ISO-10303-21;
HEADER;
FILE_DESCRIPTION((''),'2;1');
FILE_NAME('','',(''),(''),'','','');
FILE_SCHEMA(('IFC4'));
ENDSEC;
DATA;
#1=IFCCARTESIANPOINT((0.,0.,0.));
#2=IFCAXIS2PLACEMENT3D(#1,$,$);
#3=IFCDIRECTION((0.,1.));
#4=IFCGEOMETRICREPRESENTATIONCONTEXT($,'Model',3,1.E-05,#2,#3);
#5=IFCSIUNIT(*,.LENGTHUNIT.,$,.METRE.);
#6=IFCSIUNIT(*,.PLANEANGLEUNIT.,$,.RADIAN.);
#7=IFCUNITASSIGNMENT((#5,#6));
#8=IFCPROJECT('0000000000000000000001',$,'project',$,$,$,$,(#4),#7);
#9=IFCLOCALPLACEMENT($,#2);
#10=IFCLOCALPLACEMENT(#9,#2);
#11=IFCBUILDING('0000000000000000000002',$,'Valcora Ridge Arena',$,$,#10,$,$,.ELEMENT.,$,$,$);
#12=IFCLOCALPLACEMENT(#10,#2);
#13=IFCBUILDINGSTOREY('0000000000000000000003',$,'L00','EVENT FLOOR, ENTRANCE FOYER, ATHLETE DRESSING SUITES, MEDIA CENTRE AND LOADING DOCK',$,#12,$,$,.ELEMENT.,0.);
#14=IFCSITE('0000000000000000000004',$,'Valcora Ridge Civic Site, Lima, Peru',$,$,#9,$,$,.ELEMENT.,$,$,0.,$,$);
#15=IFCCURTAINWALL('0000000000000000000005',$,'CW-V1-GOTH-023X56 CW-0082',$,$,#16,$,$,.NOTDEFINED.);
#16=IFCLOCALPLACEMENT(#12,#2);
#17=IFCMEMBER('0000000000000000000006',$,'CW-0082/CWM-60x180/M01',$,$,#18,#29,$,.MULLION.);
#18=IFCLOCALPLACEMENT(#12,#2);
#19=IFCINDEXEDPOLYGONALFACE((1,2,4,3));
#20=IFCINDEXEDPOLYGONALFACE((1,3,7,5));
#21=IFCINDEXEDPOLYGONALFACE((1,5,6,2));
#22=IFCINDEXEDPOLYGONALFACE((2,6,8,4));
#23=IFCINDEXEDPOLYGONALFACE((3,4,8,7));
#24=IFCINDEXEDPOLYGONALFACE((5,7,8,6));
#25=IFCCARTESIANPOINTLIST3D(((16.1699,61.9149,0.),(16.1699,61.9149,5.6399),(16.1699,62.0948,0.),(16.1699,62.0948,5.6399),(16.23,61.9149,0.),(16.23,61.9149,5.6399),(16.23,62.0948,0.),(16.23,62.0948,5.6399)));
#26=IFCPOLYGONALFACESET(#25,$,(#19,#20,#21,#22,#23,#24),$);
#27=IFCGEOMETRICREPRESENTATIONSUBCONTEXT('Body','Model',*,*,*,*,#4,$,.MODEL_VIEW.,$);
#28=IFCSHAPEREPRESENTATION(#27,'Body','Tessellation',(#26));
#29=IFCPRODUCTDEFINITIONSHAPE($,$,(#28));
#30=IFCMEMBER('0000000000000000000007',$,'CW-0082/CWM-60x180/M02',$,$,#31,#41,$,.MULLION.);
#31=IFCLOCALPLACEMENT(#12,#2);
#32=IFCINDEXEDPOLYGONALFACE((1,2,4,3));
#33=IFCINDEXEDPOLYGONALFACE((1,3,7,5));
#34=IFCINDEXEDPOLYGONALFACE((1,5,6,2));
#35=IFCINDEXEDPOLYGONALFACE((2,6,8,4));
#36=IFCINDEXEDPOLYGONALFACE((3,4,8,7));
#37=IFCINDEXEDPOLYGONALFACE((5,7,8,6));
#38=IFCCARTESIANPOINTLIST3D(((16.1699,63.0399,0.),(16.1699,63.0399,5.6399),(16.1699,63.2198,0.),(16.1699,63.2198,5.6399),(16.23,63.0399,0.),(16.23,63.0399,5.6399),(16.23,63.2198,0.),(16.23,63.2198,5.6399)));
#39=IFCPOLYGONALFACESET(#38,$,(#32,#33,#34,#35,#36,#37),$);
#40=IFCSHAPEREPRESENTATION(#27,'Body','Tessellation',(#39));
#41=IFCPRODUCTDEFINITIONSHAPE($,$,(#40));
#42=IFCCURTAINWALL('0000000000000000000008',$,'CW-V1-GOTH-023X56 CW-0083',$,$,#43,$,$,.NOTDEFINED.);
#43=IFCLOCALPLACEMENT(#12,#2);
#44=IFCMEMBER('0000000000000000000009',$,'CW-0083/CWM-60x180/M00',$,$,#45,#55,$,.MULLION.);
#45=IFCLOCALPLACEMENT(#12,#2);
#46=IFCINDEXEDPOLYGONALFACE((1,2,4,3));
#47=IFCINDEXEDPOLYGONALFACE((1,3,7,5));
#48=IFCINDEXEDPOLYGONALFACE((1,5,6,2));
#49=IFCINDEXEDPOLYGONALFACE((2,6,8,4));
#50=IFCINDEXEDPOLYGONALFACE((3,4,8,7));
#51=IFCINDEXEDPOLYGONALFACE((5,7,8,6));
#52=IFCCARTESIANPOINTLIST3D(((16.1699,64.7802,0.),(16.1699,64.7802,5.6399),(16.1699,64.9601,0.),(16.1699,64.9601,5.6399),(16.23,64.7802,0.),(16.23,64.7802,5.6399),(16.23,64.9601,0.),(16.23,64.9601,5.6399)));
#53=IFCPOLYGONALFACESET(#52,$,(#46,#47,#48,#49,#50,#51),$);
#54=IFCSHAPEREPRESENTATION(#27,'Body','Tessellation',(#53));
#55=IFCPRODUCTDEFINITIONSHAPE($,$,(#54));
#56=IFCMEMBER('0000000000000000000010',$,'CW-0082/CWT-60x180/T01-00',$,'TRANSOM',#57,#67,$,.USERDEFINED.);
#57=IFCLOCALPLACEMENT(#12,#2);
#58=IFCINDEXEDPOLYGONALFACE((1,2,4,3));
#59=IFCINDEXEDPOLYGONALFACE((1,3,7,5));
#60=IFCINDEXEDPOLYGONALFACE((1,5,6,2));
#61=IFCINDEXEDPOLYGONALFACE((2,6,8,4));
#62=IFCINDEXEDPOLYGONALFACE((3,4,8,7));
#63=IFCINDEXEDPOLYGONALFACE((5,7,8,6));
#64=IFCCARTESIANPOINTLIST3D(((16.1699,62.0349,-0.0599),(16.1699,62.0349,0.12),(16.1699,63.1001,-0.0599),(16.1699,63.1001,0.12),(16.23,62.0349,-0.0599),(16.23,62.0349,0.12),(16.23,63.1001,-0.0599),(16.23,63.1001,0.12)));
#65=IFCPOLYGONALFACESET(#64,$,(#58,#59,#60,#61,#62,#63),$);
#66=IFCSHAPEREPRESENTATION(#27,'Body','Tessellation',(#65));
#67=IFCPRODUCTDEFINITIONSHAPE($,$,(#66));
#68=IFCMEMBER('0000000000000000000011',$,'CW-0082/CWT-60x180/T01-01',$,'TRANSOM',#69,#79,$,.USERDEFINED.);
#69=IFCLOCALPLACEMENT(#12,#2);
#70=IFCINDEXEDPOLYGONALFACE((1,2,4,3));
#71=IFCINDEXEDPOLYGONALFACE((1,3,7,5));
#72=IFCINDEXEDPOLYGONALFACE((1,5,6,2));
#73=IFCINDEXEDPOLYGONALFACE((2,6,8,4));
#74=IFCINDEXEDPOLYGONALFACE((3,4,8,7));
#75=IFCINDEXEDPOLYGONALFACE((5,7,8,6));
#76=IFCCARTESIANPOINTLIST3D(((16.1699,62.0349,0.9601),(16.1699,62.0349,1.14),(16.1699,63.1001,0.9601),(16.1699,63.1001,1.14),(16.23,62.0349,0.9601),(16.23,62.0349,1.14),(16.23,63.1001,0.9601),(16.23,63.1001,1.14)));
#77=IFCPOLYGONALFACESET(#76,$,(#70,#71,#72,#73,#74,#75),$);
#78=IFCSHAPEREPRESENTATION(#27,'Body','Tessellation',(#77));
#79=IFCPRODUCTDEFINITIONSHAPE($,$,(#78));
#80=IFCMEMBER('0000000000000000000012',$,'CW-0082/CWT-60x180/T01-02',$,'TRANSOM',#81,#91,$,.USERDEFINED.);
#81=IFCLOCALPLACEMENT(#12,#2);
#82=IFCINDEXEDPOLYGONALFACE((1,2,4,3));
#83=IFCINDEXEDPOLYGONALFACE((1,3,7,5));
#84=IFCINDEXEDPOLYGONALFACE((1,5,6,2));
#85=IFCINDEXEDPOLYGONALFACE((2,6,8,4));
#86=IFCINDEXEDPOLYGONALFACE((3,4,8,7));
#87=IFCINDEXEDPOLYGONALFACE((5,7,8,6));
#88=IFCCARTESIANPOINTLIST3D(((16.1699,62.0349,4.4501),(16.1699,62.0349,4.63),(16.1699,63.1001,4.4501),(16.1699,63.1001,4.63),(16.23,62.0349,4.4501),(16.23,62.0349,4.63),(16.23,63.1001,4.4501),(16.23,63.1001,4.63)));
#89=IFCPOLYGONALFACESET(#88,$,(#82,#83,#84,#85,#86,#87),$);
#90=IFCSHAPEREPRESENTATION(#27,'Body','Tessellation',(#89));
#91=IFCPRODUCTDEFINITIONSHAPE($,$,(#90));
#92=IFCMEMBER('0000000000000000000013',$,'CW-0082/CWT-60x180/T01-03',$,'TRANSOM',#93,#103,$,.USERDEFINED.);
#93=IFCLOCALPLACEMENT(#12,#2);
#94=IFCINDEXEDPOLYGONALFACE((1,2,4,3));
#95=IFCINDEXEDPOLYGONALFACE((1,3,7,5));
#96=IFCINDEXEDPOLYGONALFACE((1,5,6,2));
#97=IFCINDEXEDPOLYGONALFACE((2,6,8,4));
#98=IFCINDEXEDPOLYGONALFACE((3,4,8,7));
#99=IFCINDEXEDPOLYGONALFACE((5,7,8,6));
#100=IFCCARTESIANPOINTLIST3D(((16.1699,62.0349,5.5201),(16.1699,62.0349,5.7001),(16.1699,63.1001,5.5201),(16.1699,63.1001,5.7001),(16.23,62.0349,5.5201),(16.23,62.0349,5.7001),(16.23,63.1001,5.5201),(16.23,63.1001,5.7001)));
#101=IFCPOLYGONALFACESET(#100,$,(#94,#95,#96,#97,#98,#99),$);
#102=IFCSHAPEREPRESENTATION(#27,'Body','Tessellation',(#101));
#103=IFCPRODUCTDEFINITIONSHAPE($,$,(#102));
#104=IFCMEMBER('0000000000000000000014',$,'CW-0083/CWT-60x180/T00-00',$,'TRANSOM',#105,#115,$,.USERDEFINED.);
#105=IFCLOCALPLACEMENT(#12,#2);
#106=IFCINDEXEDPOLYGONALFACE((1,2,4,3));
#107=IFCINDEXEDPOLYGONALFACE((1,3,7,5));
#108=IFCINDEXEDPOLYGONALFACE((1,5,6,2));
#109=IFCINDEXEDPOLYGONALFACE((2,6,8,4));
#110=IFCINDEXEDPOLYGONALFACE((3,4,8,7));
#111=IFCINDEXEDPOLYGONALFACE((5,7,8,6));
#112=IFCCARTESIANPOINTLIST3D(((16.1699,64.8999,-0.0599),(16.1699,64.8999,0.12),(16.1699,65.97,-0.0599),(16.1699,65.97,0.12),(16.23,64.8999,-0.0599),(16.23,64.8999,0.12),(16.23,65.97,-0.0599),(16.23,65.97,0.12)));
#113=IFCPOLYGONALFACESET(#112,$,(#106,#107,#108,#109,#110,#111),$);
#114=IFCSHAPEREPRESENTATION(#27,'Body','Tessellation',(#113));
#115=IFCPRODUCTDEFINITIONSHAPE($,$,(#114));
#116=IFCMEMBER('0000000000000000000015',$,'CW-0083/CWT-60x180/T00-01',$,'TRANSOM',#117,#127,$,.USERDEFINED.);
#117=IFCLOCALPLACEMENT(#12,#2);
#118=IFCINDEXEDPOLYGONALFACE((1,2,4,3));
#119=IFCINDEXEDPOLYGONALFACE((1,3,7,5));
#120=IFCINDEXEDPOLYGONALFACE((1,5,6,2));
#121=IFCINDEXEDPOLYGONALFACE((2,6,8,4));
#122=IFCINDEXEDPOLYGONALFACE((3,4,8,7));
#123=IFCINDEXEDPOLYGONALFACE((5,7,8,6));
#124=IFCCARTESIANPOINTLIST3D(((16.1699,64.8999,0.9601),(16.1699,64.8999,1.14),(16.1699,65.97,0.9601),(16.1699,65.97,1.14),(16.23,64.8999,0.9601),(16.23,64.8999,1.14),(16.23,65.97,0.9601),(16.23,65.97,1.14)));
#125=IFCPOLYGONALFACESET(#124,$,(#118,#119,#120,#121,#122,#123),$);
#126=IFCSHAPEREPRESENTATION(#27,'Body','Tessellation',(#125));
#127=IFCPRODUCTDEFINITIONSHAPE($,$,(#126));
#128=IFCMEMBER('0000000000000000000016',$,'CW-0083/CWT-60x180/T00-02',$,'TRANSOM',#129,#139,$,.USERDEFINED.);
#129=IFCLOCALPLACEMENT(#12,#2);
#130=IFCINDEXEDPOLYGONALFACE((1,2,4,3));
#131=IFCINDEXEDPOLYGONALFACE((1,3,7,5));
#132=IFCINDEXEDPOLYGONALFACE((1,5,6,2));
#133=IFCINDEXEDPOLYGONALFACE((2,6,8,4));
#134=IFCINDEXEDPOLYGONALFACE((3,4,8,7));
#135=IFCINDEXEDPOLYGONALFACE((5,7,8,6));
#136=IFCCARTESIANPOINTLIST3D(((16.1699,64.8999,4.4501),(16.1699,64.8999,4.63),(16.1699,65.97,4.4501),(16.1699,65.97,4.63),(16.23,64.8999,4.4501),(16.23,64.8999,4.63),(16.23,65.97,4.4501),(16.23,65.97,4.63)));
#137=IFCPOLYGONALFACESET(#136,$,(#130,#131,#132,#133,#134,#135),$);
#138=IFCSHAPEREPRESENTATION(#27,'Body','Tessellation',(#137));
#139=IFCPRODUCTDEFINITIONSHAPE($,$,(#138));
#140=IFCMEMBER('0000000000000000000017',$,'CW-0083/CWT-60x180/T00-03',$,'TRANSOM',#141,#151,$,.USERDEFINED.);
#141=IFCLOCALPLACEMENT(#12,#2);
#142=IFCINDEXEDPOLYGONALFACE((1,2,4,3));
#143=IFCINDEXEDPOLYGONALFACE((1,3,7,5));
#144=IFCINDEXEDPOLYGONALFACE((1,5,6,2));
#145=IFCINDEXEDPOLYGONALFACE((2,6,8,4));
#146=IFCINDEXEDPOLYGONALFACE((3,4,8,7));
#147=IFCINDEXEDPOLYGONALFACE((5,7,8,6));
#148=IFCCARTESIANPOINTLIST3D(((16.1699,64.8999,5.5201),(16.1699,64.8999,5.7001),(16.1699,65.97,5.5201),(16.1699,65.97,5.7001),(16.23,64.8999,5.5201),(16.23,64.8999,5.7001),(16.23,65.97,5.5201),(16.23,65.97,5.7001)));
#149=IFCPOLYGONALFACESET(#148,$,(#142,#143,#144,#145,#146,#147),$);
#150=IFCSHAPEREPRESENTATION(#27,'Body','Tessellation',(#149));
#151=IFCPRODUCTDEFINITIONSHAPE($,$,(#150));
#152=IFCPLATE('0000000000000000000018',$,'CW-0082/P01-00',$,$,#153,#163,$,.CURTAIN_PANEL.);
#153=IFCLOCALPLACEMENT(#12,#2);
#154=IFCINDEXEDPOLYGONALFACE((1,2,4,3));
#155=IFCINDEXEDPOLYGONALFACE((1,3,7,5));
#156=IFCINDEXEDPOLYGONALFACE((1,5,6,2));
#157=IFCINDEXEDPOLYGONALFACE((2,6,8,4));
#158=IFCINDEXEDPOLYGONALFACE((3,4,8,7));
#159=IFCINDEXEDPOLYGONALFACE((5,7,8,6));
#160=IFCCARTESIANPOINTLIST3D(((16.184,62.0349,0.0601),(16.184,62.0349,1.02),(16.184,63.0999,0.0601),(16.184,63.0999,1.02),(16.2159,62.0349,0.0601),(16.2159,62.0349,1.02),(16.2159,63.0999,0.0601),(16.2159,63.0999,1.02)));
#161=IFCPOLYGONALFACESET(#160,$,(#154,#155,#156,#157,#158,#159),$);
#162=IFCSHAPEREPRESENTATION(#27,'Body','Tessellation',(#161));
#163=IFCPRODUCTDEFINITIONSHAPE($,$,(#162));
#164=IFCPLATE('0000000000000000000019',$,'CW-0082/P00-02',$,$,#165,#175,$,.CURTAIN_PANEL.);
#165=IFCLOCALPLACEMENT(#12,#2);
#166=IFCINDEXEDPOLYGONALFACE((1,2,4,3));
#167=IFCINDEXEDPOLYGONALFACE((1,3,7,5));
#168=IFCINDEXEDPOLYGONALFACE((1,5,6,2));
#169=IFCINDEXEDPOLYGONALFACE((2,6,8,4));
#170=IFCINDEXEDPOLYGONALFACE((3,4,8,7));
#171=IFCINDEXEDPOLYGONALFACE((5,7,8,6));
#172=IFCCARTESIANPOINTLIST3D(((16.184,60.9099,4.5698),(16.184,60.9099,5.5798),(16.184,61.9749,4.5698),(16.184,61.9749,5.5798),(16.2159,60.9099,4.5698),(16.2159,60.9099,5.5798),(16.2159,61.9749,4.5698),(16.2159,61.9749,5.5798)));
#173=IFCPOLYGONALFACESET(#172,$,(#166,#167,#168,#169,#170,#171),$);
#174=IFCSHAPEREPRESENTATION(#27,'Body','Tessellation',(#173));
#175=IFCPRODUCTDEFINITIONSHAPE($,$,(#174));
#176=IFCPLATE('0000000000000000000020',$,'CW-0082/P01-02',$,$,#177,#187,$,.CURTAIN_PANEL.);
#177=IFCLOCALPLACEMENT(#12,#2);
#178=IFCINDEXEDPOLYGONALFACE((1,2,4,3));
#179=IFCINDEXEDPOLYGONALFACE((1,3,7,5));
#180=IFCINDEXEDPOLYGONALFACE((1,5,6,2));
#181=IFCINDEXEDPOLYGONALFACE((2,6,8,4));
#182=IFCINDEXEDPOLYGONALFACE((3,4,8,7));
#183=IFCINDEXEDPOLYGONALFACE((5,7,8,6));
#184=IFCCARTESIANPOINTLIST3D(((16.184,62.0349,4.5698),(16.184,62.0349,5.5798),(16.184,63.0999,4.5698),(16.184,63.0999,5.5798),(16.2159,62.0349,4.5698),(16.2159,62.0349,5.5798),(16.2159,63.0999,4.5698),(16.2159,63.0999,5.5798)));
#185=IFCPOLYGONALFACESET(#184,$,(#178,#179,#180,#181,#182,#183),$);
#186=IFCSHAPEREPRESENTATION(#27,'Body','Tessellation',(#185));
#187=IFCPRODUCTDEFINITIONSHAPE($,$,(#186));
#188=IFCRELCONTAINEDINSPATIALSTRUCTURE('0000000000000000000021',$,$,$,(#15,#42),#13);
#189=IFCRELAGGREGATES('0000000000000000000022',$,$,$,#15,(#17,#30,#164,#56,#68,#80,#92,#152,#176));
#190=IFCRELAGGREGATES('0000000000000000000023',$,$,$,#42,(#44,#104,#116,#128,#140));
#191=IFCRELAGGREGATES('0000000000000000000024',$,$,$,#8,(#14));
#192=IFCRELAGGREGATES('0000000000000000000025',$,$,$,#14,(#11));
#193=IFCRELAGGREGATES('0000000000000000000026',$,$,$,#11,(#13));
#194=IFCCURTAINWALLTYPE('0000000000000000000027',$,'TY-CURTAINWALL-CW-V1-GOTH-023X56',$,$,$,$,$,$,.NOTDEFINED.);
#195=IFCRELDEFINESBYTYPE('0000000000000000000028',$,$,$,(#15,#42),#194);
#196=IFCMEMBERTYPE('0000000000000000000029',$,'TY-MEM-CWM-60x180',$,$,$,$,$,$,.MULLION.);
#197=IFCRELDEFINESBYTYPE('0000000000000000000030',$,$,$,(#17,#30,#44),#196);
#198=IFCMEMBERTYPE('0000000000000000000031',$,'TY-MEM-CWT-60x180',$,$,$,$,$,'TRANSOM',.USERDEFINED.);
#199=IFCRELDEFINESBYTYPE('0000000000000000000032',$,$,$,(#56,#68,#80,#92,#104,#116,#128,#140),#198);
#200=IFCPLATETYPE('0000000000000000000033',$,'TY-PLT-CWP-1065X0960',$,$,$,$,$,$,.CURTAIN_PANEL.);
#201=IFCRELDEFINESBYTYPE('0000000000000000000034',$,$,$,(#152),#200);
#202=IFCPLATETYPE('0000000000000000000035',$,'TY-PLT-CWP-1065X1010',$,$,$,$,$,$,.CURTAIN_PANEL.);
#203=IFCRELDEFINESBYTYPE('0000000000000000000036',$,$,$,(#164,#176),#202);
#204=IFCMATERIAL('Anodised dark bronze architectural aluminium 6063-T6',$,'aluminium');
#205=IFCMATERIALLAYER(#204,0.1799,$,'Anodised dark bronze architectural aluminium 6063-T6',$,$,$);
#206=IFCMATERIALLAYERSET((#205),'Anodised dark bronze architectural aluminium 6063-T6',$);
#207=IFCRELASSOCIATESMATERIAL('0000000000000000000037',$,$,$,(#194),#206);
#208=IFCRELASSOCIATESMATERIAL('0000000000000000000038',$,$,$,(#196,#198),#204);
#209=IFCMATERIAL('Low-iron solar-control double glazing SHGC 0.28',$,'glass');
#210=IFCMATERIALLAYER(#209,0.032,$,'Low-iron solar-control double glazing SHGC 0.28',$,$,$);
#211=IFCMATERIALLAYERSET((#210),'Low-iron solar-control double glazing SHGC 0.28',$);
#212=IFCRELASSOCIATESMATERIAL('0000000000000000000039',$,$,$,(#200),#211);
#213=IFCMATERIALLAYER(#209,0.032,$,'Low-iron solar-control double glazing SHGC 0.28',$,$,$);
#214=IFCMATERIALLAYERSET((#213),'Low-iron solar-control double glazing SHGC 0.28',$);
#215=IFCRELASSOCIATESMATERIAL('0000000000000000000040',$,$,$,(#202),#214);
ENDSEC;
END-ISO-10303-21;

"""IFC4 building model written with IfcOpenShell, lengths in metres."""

from ifc_helpers import new_model, si_unit, direction, frame, origin, origin_2d, place, context, subcontext, project, spatial, rectangle, extrude, material, layer, layer_set, material_profile, profile_set, type_object, element, aggregate, save


model = new_model("IFC4")

# Units and contexts
model_context = context("Model", 3, precision=1e-05, world=origin(), true_north=direction((0.0, 1.0)))
body_context = subcontext(model_context, "Body", "Model", "MODEL_VIEW")
ifc_project = project(units=[si_unit("LENGTHUNIT", "METRE"), si_unit("PLANEANGLEUNIT", "RADIAN")], contexts=[model_context])

# Site, building, storey
site_placement = place(None, origin())
site = spatial("IfcSite", under=ifc_project, at=site_placement, Name="Valcora Ridge Civic Site, Lima, Peru", CompositionType="ELEMENT", RefElevation=0.0)
building_placement = place(site_placement, origin())
building = spatial("IfcBuilding", under=site, at=building_placement, Name="Valcora Ridge Arena", CompositionType="ELEMENT")
storey_placement = place(building_placement, origin())
storey = spatial("IfcBuildingStorey", under=building, at=storey_placement, Name="L00", Description="EVENT FLOOR, ENTRANCE FOYER, ATHLETE DRESSING SUITES, MEDIA CENTRE AND LOADING DOCK", CompositionType="ELEMENT", Elevation=0.0)

# Curtain wall, members
ifc_material_1 = material(Name="Anodised dark bronze architectural aluminium 6063-T6", Category="aluminium")
ifc_layer_1 = layer(ifc_material_1, 0.1799, Name="Anodised dark bronze architectural aluminium 6063-T6")
ifc_layer_set_1 = layer_set([ifc_layer_1], Name="Anodised dark bronze architectural aluminium 6063-T6")
curtain_wall_type = type_object("IfcCurtainWallType", Name="TY-CURTAINWALL-CW-V1-GOTH-023X56", PredefinedType="NOTDEFINED", material=ifc_layer_set_1)
curtain_wall_1_placement = place(storey_placement, origin())
curtain_wall_1 = element("IfcCurtainWall", 1, at=curtain_wall_1_placement, inside=storey, type_object=curtain_wall_type, Name="CW-V1-GOTH-023X56 CW-0082", PredefinedType="NOTDEFINED")
ifc_material_profile_1 = material_profile(ifc_material_1, rectangle(XDim=0.0601, YDim=0.1799, at=origin_2d()), Name="ALU MULLION 60x180")
ifc_profile_set_1 = profile_set([ifc_material_profile_1], Name="Anodised dark bronze architectural aluminium 6063-T6")
member_type_1 = type_object("IfcMemberType", Name="TY-MEM-CWM-60x180", PredefinedType="MULLION", material=ifc_profile_set_1)
member_1_placement = place(storey_placement, frame((16.2, 62.0049, 0.0), z_axis=(0.0, 0.0, 1.0), x_axis=(-1.0, 0.0, 0.0)))
member_1 = element("IfcMember", 2, at=member_1_placement, type_object=member_type_1, Name="CW-0082/CWM-60x180/M01", PredefinedType="MULLION", context=body_context, shape_type="SweptSolid", body=[
    extrude(rectangle(XDim=0.0601, YDim=0.1799, at=origin_2d()), origin(), (0.0, 0.0, 1.0), 5.6399),
])
member_2_placement = place(storey_placement, frame((16.2, 63.1299, 0.0), z_axis=(0.0, 0.0, 1.0), x_axis=(-1.0, 0.0, 0.0)))
member_2 = element("IfcMember", 3, at=member_2_placement, type_object=member_type_1, Name="CW-0082/CWM-60x180/M02", PredefinedType="MULLION", context=body_context, shape_type="SweptSolid", body=[
    extrude(rectangle(XDim=0.0601, YDim=0.1799, at=origin_2d()), origin(), (0.0, 0.0, 1.0), 5.6399),
])

# Curtain wall, member
curtain_wall_2_placement = place(storey_placement, origin())
curtain_wall_2 = element("IfcCurtainWall", 4, at=curtain_wall_2_placement, inside=storey, type_object=curtain_wall_type, Name="CW-V1-GOTH-023X56 CW-0083", PredefinedType="NOTDEFINED")
member_3_placement = place(storey_placement, frame((16.2, 64.8701, 0.0), z_axis=(0.0, 0.0, 1.0), x_axis=(-1.0, 0.0, 0.0)))
member_3 = element("IfcMember", 5, at=member_3_placement, type_object=member_type_1, Name="CW-0083/CWM-60x180/M00", PredefinedType="MULLION", context=body_context, shape_type="SweptSolid", body=[
    extrude(rectangle(XDim=0.0601, YDim=0.1799, at=origin_2d()), origin(), (0.0, 0.0, 1.0), 5.6399),
])

# Members
ifc_material_profile_2 = material_profile(ifc_material_1, rectangle(XDim=0.0601, YDim=0.1799, at=origin_2d()), Name="ALU TRANSOM 60x180")
ifc_profile_set_2 = profile_set([ifc_material_profile_2], Name="Anodised dark bronze architectural aluminium 6063-T6")
member_type_2 = type_object("IfcMemberType", Name="TY-MEM-CWT-60x180", ElementType="TRANSOM", PredefinedType="USERDEFINED", material=ifc_profile_set_2)
member_4_placement = place(storey_placement, frame((16.2, 62.0349, 0.03), z_axis=(0.0, 1.0, 0.0), x_axis=(-1.0, 0.0, 0.0)))
member_4 = element("IfcMember", 6, at=member_4_placement, type_object=member_type_2, Name="CW-0082/CWT-60x180/T01-00", ObjectType="TRANSOM", PredefinedType="USERDEFINED", context=body_context, shape_type="SweptSolid", body=[
    extrude(rectangle(XDim=0.0601, YDim=0.1799, at=origin_2d()), origin(), (0.0, 0.0, 1.0), 1.0652),
])
member_5_placement = place(storey_placement, frame((16.2, 62.0349, 1.05), z_axis=(0.0, 1.0, 0.0), x_axis=(-1.0, 0.0, 0.0)))
member_5 = element("IfcMember", 7, at=member_5_placement, type_object=member_type_2, Name="CW-0082/CWT-60x180/T01-01", ObjectType="TRANSOM", PredefinedType="USERDEFINED", context=body_context, shape_type="SweptSolid", body=[
    extrude(rectangle(XDim=0.0601, YDim=0.1799, at=origin_2d()), origin(), (0.0, 0.0, 1.0), 1.0652),
])
member_6_placement = place(storey_placement, frame((16.2, 62.0349, 4.54), z_axis=(0.0, 1.0, 0.0), x_axis=(-1.0, 0.0, 0.0)))
member_6 = element("IfcMember", 8, at=member_6_placement, type_object=member_type_2, Name="CW-0082/CWT-60x180/T01-02", ObjectType="TRANSOM", PredefinedType="USERDEFINED", context=body_context, shape_type="SweptSolid", body=[
    extrude(rectangle(XDim=0.0601, YDim=0.1799, at=origin_2d()), origin(), (0.0, 0.0, 1.0), 1.0652),
])
member_7_placement = place(storey_placement, frame((16.2, 62.0349, 5.6101), z_axis=(0.0, 1.0, 0.0), x_axis=(-1.0, 0.0, 0.0)))
member_7 = element("IfcMember", 9, at=member_7_placement, type_object=member_type_2, Name="CW-0082/CWT-60x180/T01-03", ObjectType="TRANSOM", PredefinedType="USERDEFINED", context=body_context, shape_type="SweptSolid", body=[
    extrude(rectangle(XDim=0.0601, YDim=0.1799, at=origin_2d()), origin(), (0.0, 0.0, 1.0), 1.0652),
])
member_8_placement = place(storey_placement, frame((16.2, 64.8999, 0.03), z_axis=(0.0, 1.0, 0.0), x_axis=(-1.0, 0.0, 0.0)))
member_8 = element("IfcMember", 10, at=member_8_placement, type_object=member_type_2, Name="CW-0083/CWT-60x180/T00-00", ObjectType="TRANSOM", PredefinedType="USERDEFINED", context=body_context, shape_type="SweptSolid", body=[
    extrude(rectangle(XDim=0.0601, YDim=0.1799, at=origin_2d()), origin(), (0.0, 0.0, 1.0), 1.0701),
])
member_9_placement = place(storey_placement, frame((16.2, 64.8999, 1.05), z_axis=(0.0, 1.0, 0.0), x_axis=(-1.0, 0.0, 0.0)))
member_9 = element("IfcMember", 11, at=member_9_placement, type_object=member_type_2, Name="CW-0083/CWT-60x180/T00-01", ObjectType="TRANSOM", PredefinedType="USERDEFINED", context=body_context, shape_type="SweptSolid", body=[
    extrude(rectangle(XDim=0.0601, YDim=0.1799, at=origin_2d()), origin(), (0.0, 0.0, 1.0), 1.0701),
])
member_10_placement = place(storey_placement, frame((16.2, 64.8999, 4.54), z_axis=(0.0, 1.0, 0.0), x_axis=(-1.0, 0.0, 0.0)))
member_10 = element("IfcMember", 12, at=member_10_placement, type_object=member_type_2, Name="CW-0083/CWT-60x180/T00-02", ObjectType="TRANSOM", PredefinedType="USERDEFINED", context=body_context, shape_type="SweptSolid", body=[
    extrude(rectangle(XDim=0.0601, YDim=0.1799, at=origin_2d()), origin(), (0.0, 0.0, 1.0), 1.0701),
])
member_11_placement = place(storey_placement, frame((16.2, 64.8999, 5.6101), z_axis=(0.0, 1.0, 0.0), x_axis=(-1.0, 0.0, 0.0)))
member_11 = element("IfcMember", 13, at=member_11_placement, type_object=member_type_2, Name="CW-0083/CWT-60x180/T00-03", ObjectType="TRANSOM", PredefinedType="USERDEFINED", context=body_context, shape_type="SweptSolid", body=[
    extrude(rectangle(XDim=0.0601, YDim=0.1799, at=origin_2d()), origin(), (0.0, 0.0, 1.0), 1.0701),
])

# Plates
ifc_material_2 = material(Name="Low-iron solar-control double glazing SHGC 0.28", Category="glass")
ifc_layer_2 = layer(ifc_material_2, 0.032, Name="Low-iron solar-control double glazing SHGC 0.28")
ifc_layer_set_2 = layer_set([ifc_layer_2], Name="Low-iron solar-control double glazing SHGC 0.28")
plate_type_1 = type_object("IfcPlateType", Name="TY-PLT-CWP-1065X0960", PredefinedType="CURTAIN_PANEL", material=ifc_layer_set_2)
plate_1_placement = place(storey_placement, frame((16.2, 62.5674, 0.0601), z_axis=(0.0, 0.0, 1.0), x_axis=(0.0, 1.0, 0.0)))
plate_1 = element("IfcPlate", 14, at=plate_1_placement, type_object=plate_type_1, Name="CW-0082/P01-00", PredefinedType="CURTAIN_PANEL", context=body_context, shape_type="SweptSolid", body=[
    extrude(rectangle(XDim=1.0649, YDim=0.032, at=origin_2d()), origin(), (0.0, 0.0, 1.0), 0.96),
])
ifc_layer_3 = layer(ifc_material_2, 0.032, Name="Low-iron solar-control double glazing SHGC 0.28")
ifc_layer_set_3 = layer_set([ifc_layer_3], Name="Low-iron solar-control double glazing SHGC 0.28")
plate_type_2 = type_object("IfcPlateType", Name="TY-PLT-CWP-1065X1010", PredefinedType="CURTAIN_PANEL", material=ifc_layer_set_3)
plate_2_placement = place(storey_placement, frame((16.2, 61.4424, 4.5698), z_axis=(0.0, 0.0, 1.0), x_axis=(0.0, 1.0, 0.0)))
plate_2 = element("IfcPlate", 15, at=plate_2_placement, type_object=plate_type_2, Name="CW-0082/P00-02", PredefinedType="CURTAIN_PANEL", context=body_context, shape_type="SweptSolid", body=[
    extrude(rectangle(XDim=1.0649, YDim=0.032, at=origin_2d()), origin(), (0.0, 0.0, 1.0), 1.01),
])
plate_3_placement = place(storey_placement, frame((16.2, 62.5674, 4.5698), z_axis=(0.0, 0.0, 1.0), x_axis=(0.0, 1.0, 0.0)))
plate_3 = element("IfcPlate", 16, at=plate_3_placement, type_object=plate_type_2, Name="CW-0082/P01-02", PredefinedType="CURTAIN_PANEL", context=body_context, shape_type="SweptSolid", body=[
    extrude(rectangle(XDim=1.0649, YDim=0.032, at=origin_2d()), origin(), (0.0, 0.0, 1.0), 1.01),
])
aggregate(curtain_wall_1, [member_1, member_2, plate_2, member_4, member_5, member_6, member_7, plate_1, plate_3])
aggregate(curtain_wall_2, [member_3, member_8, member_9, member_10, member_11])

save(model, "model.ifc")
